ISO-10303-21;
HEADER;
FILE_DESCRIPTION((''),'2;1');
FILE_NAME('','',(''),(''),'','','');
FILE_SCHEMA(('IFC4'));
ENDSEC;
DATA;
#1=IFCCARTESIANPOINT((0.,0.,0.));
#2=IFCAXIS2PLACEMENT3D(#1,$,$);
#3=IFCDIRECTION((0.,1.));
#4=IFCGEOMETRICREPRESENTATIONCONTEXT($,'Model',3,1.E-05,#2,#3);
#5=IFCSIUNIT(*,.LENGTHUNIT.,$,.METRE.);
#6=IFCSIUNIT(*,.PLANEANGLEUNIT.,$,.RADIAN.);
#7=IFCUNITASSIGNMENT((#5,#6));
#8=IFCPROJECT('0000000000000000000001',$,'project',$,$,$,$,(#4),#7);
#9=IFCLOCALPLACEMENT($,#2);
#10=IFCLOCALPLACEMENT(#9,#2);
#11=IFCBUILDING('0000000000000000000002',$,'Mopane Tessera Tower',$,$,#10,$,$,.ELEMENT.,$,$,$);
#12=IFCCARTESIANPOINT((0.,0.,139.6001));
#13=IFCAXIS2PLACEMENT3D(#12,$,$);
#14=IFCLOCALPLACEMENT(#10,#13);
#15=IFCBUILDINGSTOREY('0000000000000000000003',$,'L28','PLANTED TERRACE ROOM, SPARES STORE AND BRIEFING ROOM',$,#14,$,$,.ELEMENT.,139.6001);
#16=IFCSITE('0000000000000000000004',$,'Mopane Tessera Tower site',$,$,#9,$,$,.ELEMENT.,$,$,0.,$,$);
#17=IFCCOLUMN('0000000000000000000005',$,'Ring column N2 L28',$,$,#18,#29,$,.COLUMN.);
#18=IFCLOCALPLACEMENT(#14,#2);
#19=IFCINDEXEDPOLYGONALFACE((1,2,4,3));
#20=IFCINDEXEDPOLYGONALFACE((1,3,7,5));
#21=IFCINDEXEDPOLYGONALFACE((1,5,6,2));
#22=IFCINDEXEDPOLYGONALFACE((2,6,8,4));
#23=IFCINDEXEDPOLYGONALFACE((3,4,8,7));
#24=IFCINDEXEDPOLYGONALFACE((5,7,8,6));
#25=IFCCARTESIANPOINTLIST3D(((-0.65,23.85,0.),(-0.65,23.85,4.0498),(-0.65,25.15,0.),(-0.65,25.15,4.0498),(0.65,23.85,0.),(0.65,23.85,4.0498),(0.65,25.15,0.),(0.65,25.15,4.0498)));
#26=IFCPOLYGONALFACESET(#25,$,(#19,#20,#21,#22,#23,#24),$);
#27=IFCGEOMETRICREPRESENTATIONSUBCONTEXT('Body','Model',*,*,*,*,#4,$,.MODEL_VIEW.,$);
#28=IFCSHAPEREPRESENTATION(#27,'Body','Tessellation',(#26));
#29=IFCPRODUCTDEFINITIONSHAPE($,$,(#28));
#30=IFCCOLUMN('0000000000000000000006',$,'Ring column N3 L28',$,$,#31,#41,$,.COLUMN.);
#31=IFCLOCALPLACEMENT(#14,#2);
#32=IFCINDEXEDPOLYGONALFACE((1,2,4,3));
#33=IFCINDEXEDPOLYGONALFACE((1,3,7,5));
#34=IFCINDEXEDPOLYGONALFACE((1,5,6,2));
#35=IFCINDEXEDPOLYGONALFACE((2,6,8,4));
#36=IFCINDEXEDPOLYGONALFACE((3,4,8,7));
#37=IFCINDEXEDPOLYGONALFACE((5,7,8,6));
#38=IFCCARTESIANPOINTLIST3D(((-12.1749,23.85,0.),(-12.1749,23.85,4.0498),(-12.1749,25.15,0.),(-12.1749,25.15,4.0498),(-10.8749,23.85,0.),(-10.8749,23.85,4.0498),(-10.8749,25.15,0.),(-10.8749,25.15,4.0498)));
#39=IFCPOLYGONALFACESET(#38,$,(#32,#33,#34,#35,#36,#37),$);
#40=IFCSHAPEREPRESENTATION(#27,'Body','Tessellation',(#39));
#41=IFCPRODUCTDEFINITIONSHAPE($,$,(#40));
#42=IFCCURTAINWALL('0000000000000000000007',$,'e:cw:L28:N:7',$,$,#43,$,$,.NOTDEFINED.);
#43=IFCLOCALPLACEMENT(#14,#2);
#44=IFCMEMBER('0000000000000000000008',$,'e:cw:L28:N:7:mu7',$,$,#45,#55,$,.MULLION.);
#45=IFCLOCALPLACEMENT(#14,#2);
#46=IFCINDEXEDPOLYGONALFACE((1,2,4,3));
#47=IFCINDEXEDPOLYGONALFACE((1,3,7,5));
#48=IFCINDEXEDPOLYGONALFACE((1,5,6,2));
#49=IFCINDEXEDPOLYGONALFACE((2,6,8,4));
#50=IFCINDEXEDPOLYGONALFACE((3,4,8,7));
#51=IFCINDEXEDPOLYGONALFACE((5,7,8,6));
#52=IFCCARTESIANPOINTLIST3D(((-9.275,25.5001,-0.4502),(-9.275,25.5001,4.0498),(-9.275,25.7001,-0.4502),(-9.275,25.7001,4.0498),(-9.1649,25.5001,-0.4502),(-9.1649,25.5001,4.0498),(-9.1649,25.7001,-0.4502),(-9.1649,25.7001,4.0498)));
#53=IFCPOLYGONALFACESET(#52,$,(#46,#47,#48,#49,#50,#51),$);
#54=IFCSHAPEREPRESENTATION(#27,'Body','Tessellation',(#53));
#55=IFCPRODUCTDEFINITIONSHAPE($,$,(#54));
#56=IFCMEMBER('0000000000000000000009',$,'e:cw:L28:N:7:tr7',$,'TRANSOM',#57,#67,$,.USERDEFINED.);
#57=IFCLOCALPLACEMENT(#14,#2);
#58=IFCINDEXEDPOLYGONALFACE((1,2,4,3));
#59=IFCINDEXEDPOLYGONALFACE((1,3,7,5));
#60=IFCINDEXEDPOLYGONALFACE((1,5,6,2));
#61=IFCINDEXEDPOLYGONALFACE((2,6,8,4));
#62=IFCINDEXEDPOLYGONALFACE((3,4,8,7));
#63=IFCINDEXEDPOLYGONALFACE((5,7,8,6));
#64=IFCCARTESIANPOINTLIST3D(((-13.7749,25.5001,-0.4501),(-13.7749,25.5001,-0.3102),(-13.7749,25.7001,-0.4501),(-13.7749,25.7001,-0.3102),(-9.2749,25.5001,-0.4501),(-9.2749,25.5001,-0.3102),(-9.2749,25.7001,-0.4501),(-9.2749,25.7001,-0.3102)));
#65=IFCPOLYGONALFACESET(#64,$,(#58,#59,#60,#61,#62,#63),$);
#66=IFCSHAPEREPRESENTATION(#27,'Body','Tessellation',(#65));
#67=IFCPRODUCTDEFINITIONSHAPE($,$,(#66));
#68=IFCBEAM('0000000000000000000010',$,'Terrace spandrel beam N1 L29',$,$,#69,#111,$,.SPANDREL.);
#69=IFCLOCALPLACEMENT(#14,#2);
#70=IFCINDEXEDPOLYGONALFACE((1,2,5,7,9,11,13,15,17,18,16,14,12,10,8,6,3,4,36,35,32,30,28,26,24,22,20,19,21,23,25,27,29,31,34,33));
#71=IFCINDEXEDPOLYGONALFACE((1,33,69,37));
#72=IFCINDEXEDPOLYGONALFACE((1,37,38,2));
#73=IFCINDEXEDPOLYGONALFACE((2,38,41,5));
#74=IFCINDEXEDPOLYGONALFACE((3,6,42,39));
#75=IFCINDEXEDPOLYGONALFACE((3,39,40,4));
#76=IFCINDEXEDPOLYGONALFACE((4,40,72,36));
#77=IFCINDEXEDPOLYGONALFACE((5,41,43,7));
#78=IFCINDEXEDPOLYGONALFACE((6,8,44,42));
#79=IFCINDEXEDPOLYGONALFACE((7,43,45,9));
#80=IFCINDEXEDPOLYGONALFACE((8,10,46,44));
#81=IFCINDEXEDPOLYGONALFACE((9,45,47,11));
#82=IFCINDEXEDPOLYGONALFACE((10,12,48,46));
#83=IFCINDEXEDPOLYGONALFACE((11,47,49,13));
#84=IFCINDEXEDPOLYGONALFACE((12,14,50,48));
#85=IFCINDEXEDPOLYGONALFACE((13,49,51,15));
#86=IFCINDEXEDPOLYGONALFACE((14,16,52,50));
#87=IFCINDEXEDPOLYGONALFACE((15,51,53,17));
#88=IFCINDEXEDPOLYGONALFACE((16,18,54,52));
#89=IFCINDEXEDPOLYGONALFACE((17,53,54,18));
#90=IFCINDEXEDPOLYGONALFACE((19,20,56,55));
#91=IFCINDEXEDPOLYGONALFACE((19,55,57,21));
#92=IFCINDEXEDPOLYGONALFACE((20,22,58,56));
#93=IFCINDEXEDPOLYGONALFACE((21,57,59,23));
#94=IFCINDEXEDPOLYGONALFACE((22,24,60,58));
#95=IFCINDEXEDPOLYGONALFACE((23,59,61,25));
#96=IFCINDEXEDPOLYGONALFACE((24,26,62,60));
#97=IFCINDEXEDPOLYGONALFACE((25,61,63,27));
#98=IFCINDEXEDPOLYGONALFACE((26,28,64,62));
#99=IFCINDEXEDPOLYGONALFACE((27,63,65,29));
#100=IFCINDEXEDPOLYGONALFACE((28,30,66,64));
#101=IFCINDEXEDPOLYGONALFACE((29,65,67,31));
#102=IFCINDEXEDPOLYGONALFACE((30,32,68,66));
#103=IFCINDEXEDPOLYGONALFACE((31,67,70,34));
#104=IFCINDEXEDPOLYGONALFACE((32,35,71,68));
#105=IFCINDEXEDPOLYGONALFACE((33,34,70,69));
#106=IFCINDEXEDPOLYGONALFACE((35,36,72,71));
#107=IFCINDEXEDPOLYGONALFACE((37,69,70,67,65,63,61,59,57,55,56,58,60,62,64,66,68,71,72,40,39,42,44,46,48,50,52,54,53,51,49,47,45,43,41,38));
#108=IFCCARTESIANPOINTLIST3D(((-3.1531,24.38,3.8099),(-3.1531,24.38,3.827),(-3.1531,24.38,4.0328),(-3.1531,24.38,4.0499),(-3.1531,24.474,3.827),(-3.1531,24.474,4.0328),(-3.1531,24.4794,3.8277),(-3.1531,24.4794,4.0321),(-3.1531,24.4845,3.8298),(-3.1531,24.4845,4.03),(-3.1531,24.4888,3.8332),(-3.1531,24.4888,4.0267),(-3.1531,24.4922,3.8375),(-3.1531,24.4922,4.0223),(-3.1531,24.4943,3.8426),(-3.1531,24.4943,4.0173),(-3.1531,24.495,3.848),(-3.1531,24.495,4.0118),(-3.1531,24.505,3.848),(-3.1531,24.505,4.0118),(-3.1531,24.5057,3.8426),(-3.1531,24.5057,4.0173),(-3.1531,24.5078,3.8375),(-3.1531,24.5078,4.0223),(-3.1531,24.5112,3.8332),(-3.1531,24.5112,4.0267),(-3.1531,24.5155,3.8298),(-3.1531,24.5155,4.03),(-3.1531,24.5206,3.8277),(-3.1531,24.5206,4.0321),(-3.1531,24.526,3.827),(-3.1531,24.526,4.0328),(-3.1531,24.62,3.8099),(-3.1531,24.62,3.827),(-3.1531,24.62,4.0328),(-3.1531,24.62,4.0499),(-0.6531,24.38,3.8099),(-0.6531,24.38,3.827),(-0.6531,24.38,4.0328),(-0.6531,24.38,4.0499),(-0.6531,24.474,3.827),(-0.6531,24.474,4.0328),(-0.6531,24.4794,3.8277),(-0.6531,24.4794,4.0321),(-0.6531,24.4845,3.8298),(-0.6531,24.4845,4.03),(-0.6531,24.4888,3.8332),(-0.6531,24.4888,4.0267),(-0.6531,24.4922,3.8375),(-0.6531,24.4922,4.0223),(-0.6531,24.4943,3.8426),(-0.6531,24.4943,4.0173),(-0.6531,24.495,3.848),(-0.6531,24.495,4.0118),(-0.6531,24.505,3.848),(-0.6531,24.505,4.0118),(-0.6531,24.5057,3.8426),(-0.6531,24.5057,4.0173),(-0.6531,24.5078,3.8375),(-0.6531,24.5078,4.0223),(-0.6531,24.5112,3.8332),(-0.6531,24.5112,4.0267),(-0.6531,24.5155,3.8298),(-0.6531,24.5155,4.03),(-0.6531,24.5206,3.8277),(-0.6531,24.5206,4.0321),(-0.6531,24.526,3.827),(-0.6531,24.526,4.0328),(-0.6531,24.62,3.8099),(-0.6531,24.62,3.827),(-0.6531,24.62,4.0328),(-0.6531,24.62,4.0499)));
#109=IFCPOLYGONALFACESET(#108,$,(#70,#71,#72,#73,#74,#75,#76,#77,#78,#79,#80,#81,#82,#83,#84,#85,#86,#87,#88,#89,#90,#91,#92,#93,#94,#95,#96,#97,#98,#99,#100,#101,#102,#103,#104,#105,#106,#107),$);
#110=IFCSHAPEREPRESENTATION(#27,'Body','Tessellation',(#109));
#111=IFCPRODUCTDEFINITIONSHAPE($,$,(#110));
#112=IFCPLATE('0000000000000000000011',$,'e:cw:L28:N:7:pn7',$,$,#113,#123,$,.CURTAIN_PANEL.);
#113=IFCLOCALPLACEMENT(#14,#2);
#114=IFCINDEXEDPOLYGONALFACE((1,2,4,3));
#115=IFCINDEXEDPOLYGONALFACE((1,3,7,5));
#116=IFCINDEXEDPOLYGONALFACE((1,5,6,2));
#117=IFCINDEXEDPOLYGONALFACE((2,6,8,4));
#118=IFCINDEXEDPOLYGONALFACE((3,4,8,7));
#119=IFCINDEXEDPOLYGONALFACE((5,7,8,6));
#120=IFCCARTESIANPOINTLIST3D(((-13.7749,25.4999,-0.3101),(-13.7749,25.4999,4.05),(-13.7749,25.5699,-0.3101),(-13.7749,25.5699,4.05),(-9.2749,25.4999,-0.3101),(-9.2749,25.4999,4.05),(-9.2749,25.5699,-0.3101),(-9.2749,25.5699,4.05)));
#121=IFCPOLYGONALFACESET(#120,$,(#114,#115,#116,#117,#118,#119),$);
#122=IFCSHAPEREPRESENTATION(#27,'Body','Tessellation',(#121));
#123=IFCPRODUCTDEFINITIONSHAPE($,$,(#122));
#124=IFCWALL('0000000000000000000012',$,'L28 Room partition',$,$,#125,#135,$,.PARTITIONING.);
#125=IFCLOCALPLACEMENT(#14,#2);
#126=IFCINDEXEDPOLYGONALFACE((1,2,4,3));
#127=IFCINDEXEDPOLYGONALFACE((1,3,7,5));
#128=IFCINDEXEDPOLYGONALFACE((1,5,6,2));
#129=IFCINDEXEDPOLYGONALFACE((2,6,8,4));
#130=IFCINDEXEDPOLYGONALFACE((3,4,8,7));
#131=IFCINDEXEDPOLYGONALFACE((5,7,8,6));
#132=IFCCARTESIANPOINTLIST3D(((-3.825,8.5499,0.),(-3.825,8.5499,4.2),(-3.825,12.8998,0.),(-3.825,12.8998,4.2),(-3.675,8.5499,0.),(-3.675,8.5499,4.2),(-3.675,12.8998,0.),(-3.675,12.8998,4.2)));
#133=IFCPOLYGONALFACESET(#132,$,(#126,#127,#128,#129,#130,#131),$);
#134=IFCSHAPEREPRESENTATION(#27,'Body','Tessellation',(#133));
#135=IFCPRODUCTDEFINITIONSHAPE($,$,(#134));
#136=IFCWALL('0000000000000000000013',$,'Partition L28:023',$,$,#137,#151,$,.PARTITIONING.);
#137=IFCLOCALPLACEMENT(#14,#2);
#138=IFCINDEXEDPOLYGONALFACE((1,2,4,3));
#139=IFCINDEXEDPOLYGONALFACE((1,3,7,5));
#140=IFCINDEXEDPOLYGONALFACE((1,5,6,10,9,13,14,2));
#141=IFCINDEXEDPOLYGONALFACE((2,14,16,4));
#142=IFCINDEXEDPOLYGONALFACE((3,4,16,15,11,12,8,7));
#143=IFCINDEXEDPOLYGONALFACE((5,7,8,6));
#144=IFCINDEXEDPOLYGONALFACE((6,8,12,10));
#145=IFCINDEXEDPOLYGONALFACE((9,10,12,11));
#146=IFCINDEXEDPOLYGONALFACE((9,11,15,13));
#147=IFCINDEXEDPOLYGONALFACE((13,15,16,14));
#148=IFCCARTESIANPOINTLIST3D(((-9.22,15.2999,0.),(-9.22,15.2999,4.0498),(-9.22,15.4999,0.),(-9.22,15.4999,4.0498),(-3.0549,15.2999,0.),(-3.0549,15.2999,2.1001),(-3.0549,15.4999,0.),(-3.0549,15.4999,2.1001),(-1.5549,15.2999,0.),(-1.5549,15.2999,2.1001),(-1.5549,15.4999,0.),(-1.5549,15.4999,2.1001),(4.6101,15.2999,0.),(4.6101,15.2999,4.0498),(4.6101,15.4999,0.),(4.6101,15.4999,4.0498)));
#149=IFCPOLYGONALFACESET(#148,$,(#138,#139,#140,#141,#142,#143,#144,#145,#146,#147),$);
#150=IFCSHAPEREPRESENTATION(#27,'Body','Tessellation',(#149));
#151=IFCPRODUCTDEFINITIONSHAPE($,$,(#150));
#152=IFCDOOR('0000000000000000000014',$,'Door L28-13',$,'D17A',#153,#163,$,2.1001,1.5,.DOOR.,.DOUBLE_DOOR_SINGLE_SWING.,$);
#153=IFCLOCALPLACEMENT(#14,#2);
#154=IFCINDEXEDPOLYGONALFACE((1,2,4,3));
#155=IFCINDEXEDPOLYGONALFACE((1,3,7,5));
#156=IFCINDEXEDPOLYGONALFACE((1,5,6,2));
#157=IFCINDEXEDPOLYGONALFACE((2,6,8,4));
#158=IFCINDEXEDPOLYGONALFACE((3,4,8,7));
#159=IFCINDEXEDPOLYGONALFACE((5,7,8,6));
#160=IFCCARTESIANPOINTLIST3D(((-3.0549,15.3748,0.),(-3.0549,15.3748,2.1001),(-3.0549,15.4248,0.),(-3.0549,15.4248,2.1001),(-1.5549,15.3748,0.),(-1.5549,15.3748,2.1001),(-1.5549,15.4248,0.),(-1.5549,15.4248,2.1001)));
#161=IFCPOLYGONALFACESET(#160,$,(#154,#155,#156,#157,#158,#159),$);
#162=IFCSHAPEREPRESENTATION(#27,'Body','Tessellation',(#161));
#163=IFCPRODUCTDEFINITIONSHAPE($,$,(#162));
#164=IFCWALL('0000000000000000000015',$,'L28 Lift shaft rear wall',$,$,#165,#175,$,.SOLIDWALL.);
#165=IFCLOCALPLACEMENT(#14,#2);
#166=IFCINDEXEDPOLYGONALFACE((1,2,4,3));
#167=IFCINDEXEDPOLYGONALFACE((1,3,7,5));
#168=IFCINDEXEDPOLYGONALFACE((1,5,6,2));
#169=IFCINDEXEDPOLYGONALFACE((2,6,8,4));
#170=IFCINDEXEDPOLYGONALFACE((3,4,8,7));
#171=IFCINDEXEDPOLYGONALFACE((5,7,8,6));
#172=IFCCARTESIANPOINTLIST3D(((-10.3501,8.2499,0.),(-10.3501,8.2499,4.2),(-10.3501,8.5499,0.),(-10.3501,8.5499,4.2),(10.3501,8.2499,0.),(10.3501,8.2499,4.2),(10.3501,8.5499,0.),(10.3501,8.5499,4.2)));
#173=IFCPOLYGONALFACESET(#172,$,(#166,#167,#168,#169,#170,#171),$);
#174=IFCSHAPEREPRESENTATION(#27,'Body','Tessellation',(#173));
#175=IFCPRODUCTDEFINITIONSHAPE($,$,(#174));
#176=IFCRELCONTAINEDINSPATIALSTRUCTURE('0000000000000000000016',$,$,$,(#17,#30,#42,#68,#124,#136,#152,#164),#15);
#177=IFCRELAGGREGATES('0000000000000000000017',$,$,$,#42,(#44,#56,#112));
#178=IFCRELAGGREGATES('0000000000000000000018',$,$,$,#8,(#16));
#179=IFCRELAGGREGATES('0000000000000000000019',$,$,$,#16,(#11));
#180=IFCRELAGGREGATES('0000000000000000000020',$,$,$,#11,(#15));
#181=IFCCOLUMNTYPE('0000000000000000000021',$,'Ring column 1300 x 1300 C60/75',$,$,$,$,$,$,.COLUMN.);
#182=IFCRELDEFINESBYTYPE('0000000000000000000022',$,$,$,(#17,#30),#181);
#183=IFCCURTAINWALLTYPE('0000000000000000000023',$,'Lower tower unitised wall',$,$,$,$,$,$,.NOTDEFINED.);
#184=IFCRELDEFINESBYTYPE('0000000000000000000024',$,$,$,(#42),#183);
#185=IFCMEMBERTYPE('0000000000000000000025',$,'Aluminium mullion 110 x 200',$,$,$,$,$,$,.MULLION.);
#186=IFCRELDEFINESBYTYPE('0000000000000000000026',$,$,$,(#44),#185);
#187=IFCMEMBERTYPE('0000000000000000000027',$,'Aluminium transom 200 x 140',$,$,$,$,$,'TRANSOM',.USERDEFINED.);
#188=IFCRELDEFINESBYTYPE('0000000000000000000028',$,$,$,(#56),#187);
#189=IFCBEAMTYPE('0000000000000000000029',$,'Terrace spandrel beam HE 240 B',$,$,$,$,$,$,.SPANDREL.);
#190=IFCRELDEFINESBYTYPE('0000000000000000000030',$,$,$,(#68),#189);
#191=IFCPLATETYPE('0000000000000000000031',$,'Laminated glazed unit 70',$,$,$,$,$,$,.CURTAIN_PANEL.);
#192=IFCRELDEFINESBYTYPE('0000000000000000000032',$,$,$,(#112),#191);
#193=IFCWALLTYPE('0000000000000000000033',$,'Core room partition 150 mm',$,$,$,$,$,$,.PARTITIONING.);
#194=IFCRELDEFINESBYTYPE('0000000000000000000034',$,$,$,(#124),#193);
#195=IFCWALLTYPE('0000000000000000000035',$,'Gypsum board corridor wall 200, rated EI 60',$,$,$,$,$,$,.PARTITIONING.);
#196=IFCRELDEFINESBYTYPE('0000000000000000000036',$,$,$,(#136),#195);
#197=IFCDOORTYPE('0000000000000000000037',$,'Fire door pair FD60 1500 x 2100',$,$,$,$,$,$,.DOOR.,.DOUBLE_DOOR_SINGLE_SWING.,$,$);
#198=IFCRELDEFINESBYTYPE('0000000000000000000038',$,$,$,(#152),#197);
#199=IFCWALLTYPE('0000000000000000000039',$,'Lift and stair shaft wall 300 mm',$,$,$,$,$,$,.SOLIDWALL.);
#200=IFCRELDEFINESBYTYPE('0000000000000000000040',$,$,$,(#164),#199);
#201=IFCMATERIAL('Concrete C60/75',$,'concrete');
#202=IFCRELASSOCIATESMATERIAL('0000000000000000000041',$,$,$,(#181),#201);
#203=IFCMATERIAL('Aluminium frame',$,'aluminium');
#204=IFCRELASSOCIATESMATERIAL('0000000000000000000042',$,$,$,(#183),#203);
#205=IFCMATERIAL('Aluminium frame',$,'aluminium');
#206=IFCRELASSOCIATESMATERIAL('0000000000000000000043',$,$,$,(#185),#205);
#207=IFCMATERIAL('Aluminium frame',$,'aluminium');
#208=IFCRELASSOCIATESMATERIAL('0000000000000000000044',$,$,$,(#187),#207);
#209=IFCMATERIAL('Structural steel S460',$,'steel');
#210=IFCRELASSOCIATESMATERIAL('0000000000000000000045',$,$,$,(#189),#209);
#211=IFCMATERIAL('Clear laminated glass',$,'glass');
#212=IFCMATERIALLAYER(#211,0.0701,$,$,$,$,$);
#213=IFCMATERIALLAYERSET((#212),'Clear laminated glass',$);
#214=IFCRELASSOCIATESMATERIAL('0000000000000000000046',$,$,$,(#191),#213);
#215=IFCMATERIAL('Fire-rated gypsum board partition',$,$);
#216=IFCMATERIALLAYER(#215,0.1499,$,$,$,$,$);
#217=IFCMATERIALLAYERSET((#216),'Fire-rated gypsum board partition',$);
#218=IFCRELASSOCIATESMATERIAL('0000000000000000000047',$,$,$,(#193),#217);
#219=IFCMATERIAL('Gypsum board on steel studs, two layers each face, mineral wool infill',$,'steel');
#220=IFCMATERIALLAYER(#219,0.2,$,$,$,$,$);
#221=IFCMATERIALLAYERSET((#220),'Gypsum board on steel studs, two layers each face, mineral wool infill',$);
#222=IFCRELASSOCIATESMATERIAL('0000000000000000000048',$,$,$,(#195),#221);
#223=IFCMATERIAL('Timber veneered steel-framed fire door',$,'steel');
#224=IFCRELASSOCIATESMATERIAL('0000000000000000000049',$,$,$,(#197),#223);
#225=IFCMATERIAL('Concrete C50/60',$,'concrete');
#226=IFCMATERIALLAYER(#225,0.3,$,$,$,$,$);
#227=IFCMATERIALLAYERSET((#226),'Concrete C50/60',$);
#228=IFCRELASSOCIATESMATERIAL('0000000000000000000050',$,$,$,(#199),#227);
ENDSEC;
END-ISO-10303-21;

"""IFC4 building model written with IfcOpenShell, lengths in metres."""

from ifc_helpers import new_model, si_unit, direction, frame, frame_2d, origin, origin_2d, place, context, subcontext, project, spatial, rectangle, i_section, extrude, material, layer, layer_set, material_profile, profile_set, type_object, element, fill, aggregate, save


model = new_model("IFC4")

# Units and contexts
model_context = context("Model", 3, precision=1e-05, world=origin(), true_north=direction((0.0, 1.0)))
body_context = subcontext(model_context, "Body", "Model", "MODEL_VIEW")
ifc_project = project(units=[si_unit("LENGTHUNIT", "METRE"), si_unit("PLANEANGLEUNIT", "RADIAN")], contexts=[model_context])

# Site, building, storey
site_placement = place(None, origin())
site = spatial("IfcSite", under=ifc_project, at=site_placement, Name="Mopane Tessera Tower site", CompositionType="ELEMENT", RefElevation=0.0)
building_placement = place(site_placement, origin())
building = spatial("IfcBuilding", under=site, at=building_placement, Name="Mopane Tessera Tower", CompositionType="ELEMENT")
storey_placement = place(building_placement, frame((0.0, 0.0, 139.6001)))
storey = spatial("IfcBuildingStorey", under=building, at=storey_placement, Name="L28", Description="PLANTED TERRACE ROOM, SPARES STORE AND BRIEFING ROOM", CompositionType="ELEMENT", Elevation=139.6001)

# Columns
ifc_material_1 = material(Name="Concrete C60/75", Category="concrete")
ifc_material_profile_1 = material_profile(ifc_material_1, rectangle(XDim=1.3, YDim=1.3, at=origin_2d()))
ifc_profile_set_1 = profile_set([ifc_material_profile_1], Name="Concrete C60/75")
column_type = type_object("IfcColumnType", Name="Ring column 1300 x 1300 C60/75", PredefinedType="COLUMN", material=ifc_profile_set_1)
for number, where, z_axis, x_axis, name in (
    (1, (0.0, 24.5, 0.0), (0.0, 0.0, 1.0), (1.0, 0.0, 0.0), "Ring column N2 L28"),
    (2, (-11.5249, 24.5, 0.0), (0.0, 0.0, 1.0), (1.0, 0.0, 0.0), "Ring column N3 L28"),
):
    element("IfcColumn", number, at=place(storey_placement, frame(where, z_axis=z_axis, x_axis=x_axis)), inside=storey, type_object=column_type, Name=name, PredefinedType="COLUMN", context=body_context, shape_type="SweptSolid", body=[
        extrude(rectangle(XDim=1.3, YDim=1.3, at=origin_2d()), origin(), (0.0, 0.0, 1.0), 4.0498),
    ])

# Curtain wall, members
ifc_material_2 = material(Name="Aluminium frame", Category="aluminium")
curtain_wall_type = type_object("IfcCurtainWallType", Name="Lower tower unitised wall", PredefinedType="NOTDEFINED", material=ifc_material_2)
curtain_wall_placement = place(storey_placement, origin())
curtain_wall = element("IfcCurtainWall", 3, at=curtain_wall_placement, inside=storey, type_object=curtain_wall_type, Name="e:cw:L28:N:7", PredefinedType="NOTDEFINED")
ifc_material_3 = material(Name="Aluminium frame", Category="aluminium")
ifc_material_profile_2 = material_profile(ifc_material_3, rectangle(XDim=0.1101, YDim=0.2, at=origin_2d()))
ifc_profile_set_2 = profile_set([ifc_material_profile_2], Name="Aluminium frame")
member_type_1 = type_object("IfcMemberType", Name="Aluminium mullion 110 x 200", PredefinedType="MULLION", material=ifc_profile_set_2)
member_1_placement = place(storey_placement, frame((-9.22, 25.6001, -0.4502), z_axis=(0.0, 0.0, 1.0), x_axis=(-1.0, 0.0, 0.0)))
member_1 = element("IfcMember", 4, at=member_1_placement, type_object=member_type_1, Name="e:cw:L28:N:7:mu7", PredefinedType="MULLION", context=body_context, shape_type="SweptSolid", body=[
    extrude(rectangle(XDim=0.1101, YDim=0.2, at=origin_2d()), origin(), (0.0, 0.0, 1.0), 4.5),
])
ifc_material_4 = material(Name="Aluminium frame", Category="aluminium")
ifc_material_profile_3 = material_profile(ifc_material_4, rectangle(XDim=0.2, YDim=0.1399, at=origin_2d()))
ifc_profile_set_3 = profile_set([ifc_material_profile_3], Name="Aluminium frame")
member_type_2 = type_object("IfcMemberType", Name="Aluminium transom 200 x 140", ElementType="TRANSOM", PredefinedType="USERDEFINED", material=ifc_profile_set_3)
member_2_placement = place(storey_placement, frame((-9.2749, 25.6001, -0.3801), z_axis=(-1.0, 0.0, 0.0), x_axis=(0.0, -1.0, 0.0)))
member_2 = element("IfcMember", 5, at=member_2_placement, type_object=member_type_2, Name="e:cw:L28:N:7:tr7", ObjectType="TRANSOM", PredefinedType="USERDEFINED", context=body_context, shape_type="SweptSolid", body=[
    extrude(rectangle(XDim=0.2, YDim=0.1399, at=origin_2d()), origin(), (0.0, 0.0, 1.0), 4.5),
])

# Beam
ifc_material_5 = material(Name="Structural steel S460", Category="steel")
ifc_material_profile_4 = material_profile(ifc_material_5, i_section(OverallWidth=0.24, OverallDepth=0.24, WebThickness=0.01, FlangeThickness=0.0171, FilletRadius=0.021, at=origin_2d()))
ifc_profile_set_4 = profile_set([ifc_material_profile_4], Name="Structural steel S460")
beam_type = type_object("IfcBeamType", Name="Terrace spandrel beam HE 240 B", PredefinedType="SPANDREL", material=ifc_profile_set_4)
beam_placement = place(storey_placement, frame((-0.6531, 24.5, 3.9299), z_axis=(-1.0, 0.0, 0.0), x_axis=(0.0, -1.0, 0.0)))
element("IfcBeam", 6, at=beam_placement, inside=storey, type_object=beam_type, Name="Terrace spandrel beam N1 L29", PredefinedType="SPANDREL", context=body_context, shape_type="SweptSolid", body=[
    extrude(i_section(OverallWidth=0.24, OverallDepth=0.24, WebThickness=0.01, FlangeThickness=0.0171, FilletRadius=0.021, at=origin_2d()), origin(), (0.0, 0.0, 1.0), 2.5),
])

# Plate
ifc_material_6 = material(Name="Clear laminated glass", Category="glass")
ifc_layer_1 = layer(ifc_material_6, 0.0701)
ifc_layer_set_1 = layer_set([ifc_layer_1], Name="Clear laminated glass")
plate_type = type_object("IfcPlateType", Name="Laminated glazed unit 70", PredefinedType="CURTAIN_PANEL", material=ifc_layer_set_1)
plate_placement = place(storey_placement, frame((-11.5249, 25.5349, -0.3101), z_axis=(0.0, 0.0, 1.0), x_axis=(-1.0, 0.0, 0.0)))
plate = element("IfcPlate", 7, at=plate_placement, type_object=plate_type, Name="e:cw:L28:N:7:pn7", PredefinedType="CURTAIN_PANEL", context=body_context, shape_type="SweptSolid", body=[
    extrude(rectangle(XDim=4.5, YDim=0.0701, at=origin_2d()), origin(), (0.0, 0.0, 1.0), 4.3601),
])
aggregate(curtain_wall, [member_1, member_2, plate])

# Wall
ifc_material_7 = material(Name="Fire-rated gypsum board partition")
ifc_layer_2 = layer(ifc_material_7, 0.1499)
ifc_layer_set_2 = layer_set([ifc_layer_2], Name="Fire-rated gypsum board partition")
wall_type_1 = type_object("IfcWallType", Name="Core room partition 150 mm", PredefinedType="PARTITIONING", material=ifc_layer_set_2)
wall_1_placement = place(storey_placement, frame((-3.75, 8.55, 0.0), z_axis=(0.0, 0.0, 1.0), x_axis=(0.0, 1.0, 0.0)))
element("IfcWall", 8, at=wall_1_placement, inside=storey, type_object=wall_type_1, Name="L28 Room partition", PredefinedType="PARTITIONING", context=body_context, shape_type="SweptSolid", body=[
    extrude(rectangle(XDim=4.3499, YDim=0.1499, at=frame_2d((2.1748, 0.0))), origin(), (0.0, 0.0, 1.0), 4.2),
])

# Wall, opening, door
ifc_material_8 = material(Name="Gypsum board on steel studs, two layers each face, mineral wool infill", Category="steel")
ifc_layer_3 = layer(ifc_material_8, 0.2)
ifc_layer_set_3 = layer_set([ifc_layer_3], Name="Gypsum board on steel studs, two layers each face, mineral wool infill")
wall_type_2 = type_object("IfcWallType", Name="Gypsum board corridor wall 200, rated EI 60", PredefinedType="PARTITIONING", material=ifc_layer_set_3)
wall_2_placement = place(storey_placement, frame((-9.22, 15.3999, 0.0), z_axis=(0.0, 0.0, 1.0), x_axis=(1.0, 0.0, 0.0)))
wall_2 = element("IfcWall", 9, at=wall_2_placement, inside=storey, type_object=wall_type_2, Name="Partition L28:023", PredefinedType="PARTITIONING", context=body_context, shape_type="SweptSolid", body=[
    extrude(rectangle(XDim=13.8301, YDim=0.2, at=frame_2d((6.915, 0.0))), origin(), (0.0, 0.0, 1.0), 4.0498),
])
opening_1_placement = place(wall_2_placement, frame((6.165, 0.0, 0.0)))
opening_1 = element("IfcOpeningElement", 10, at=opening_1_placement, cuts=wall_2, PredefinedType="OPENING", context=body_context, shape_type="SweptSolid", body=[
    extrude(rectangle(XDim=1.5, YDim=2.1001, at=frame_2d((0.75, 1.05))), frame((0.0, 0.1121, 0.0), z_axis=(0.0, -1.0, 0.0), x_axis=(1.0, 0.0, 0.0)), (0.0, 0.0, 1.0), 0.2239),
])
ifc_material_9 = material(Name="Timber veneered steel-framed fire door", Category="steel")
door_type_1 = type_object("IfcDoorType", Name="Fire door pair FD60 1500 x 2100", OperationType="DOUBLE_DOOR_SINGLE_SWING", PredefinedType="DOOR", material=ifc_material_9)
door_1_placement = place(opening_1_placement, origin())
door_1 = element("IfcDoor", 11, at=door_1_placement, inside=storey, type_object=door_type_1, Name="Door L28-13", ObjectType="D17A", OperationType="DOUBLE_DOOR_SINGLE_SWING", OverallHeight=2.1001, OverallWidth=1.5, PredefinedType="DOOR", context=body_context, shape_type="SweptSolid", body=[
    extrude(rectangle(XDim=1.5, YDim=2.1001, at=frame_2d((0.75, 1.05))), frame((0.0, 0.0249, 0.0), z_axis=(0.0, -1.0, 0.0), x_axis=(1.0, 0.0, 0.0)), (0.0, 0.0, 1.0), 0.05),
])
fill(opening_1, door_1)

# Wall
ifc_material_10 = material(Name="Concrete C50/60", Category="concrete")
ifc_layer_4 = layer(ifc_material_10, 0.3)
ifc_layer_set_4 = layer_set([ifc_layer_4], Name="Concrete C50/60")
wall_type_3 = type_object("IfcWallType", Name="Lift and stair shaft wall 300 mm", PredefinedType="SOLIDWALL", material=ifc_layer_set_4)
wall_3_placement = place(storey_placement, frame((-10.3501, 8.3999, 0.0), z_axis=(0.0, 0.0, 1.0), x_axis=(1.0, 0.0, 0.0)))
element("IfcWall", 12, at=wall_3_placement, inside=storey, type_object=wall_type_3, Name="L28 Lift shaft rear wall", PredefinedType="SOLIDWALL", context=body_context, shape_type="SweptSolid", body=[
    extrude(rectangle(XDim=20.7002, YDim=0.3, at=frame_2d((10.3501, 0.0))), origin(), (0.0, 0.0, 1.0), 4.2),
])

save(model, "model.ifc")
